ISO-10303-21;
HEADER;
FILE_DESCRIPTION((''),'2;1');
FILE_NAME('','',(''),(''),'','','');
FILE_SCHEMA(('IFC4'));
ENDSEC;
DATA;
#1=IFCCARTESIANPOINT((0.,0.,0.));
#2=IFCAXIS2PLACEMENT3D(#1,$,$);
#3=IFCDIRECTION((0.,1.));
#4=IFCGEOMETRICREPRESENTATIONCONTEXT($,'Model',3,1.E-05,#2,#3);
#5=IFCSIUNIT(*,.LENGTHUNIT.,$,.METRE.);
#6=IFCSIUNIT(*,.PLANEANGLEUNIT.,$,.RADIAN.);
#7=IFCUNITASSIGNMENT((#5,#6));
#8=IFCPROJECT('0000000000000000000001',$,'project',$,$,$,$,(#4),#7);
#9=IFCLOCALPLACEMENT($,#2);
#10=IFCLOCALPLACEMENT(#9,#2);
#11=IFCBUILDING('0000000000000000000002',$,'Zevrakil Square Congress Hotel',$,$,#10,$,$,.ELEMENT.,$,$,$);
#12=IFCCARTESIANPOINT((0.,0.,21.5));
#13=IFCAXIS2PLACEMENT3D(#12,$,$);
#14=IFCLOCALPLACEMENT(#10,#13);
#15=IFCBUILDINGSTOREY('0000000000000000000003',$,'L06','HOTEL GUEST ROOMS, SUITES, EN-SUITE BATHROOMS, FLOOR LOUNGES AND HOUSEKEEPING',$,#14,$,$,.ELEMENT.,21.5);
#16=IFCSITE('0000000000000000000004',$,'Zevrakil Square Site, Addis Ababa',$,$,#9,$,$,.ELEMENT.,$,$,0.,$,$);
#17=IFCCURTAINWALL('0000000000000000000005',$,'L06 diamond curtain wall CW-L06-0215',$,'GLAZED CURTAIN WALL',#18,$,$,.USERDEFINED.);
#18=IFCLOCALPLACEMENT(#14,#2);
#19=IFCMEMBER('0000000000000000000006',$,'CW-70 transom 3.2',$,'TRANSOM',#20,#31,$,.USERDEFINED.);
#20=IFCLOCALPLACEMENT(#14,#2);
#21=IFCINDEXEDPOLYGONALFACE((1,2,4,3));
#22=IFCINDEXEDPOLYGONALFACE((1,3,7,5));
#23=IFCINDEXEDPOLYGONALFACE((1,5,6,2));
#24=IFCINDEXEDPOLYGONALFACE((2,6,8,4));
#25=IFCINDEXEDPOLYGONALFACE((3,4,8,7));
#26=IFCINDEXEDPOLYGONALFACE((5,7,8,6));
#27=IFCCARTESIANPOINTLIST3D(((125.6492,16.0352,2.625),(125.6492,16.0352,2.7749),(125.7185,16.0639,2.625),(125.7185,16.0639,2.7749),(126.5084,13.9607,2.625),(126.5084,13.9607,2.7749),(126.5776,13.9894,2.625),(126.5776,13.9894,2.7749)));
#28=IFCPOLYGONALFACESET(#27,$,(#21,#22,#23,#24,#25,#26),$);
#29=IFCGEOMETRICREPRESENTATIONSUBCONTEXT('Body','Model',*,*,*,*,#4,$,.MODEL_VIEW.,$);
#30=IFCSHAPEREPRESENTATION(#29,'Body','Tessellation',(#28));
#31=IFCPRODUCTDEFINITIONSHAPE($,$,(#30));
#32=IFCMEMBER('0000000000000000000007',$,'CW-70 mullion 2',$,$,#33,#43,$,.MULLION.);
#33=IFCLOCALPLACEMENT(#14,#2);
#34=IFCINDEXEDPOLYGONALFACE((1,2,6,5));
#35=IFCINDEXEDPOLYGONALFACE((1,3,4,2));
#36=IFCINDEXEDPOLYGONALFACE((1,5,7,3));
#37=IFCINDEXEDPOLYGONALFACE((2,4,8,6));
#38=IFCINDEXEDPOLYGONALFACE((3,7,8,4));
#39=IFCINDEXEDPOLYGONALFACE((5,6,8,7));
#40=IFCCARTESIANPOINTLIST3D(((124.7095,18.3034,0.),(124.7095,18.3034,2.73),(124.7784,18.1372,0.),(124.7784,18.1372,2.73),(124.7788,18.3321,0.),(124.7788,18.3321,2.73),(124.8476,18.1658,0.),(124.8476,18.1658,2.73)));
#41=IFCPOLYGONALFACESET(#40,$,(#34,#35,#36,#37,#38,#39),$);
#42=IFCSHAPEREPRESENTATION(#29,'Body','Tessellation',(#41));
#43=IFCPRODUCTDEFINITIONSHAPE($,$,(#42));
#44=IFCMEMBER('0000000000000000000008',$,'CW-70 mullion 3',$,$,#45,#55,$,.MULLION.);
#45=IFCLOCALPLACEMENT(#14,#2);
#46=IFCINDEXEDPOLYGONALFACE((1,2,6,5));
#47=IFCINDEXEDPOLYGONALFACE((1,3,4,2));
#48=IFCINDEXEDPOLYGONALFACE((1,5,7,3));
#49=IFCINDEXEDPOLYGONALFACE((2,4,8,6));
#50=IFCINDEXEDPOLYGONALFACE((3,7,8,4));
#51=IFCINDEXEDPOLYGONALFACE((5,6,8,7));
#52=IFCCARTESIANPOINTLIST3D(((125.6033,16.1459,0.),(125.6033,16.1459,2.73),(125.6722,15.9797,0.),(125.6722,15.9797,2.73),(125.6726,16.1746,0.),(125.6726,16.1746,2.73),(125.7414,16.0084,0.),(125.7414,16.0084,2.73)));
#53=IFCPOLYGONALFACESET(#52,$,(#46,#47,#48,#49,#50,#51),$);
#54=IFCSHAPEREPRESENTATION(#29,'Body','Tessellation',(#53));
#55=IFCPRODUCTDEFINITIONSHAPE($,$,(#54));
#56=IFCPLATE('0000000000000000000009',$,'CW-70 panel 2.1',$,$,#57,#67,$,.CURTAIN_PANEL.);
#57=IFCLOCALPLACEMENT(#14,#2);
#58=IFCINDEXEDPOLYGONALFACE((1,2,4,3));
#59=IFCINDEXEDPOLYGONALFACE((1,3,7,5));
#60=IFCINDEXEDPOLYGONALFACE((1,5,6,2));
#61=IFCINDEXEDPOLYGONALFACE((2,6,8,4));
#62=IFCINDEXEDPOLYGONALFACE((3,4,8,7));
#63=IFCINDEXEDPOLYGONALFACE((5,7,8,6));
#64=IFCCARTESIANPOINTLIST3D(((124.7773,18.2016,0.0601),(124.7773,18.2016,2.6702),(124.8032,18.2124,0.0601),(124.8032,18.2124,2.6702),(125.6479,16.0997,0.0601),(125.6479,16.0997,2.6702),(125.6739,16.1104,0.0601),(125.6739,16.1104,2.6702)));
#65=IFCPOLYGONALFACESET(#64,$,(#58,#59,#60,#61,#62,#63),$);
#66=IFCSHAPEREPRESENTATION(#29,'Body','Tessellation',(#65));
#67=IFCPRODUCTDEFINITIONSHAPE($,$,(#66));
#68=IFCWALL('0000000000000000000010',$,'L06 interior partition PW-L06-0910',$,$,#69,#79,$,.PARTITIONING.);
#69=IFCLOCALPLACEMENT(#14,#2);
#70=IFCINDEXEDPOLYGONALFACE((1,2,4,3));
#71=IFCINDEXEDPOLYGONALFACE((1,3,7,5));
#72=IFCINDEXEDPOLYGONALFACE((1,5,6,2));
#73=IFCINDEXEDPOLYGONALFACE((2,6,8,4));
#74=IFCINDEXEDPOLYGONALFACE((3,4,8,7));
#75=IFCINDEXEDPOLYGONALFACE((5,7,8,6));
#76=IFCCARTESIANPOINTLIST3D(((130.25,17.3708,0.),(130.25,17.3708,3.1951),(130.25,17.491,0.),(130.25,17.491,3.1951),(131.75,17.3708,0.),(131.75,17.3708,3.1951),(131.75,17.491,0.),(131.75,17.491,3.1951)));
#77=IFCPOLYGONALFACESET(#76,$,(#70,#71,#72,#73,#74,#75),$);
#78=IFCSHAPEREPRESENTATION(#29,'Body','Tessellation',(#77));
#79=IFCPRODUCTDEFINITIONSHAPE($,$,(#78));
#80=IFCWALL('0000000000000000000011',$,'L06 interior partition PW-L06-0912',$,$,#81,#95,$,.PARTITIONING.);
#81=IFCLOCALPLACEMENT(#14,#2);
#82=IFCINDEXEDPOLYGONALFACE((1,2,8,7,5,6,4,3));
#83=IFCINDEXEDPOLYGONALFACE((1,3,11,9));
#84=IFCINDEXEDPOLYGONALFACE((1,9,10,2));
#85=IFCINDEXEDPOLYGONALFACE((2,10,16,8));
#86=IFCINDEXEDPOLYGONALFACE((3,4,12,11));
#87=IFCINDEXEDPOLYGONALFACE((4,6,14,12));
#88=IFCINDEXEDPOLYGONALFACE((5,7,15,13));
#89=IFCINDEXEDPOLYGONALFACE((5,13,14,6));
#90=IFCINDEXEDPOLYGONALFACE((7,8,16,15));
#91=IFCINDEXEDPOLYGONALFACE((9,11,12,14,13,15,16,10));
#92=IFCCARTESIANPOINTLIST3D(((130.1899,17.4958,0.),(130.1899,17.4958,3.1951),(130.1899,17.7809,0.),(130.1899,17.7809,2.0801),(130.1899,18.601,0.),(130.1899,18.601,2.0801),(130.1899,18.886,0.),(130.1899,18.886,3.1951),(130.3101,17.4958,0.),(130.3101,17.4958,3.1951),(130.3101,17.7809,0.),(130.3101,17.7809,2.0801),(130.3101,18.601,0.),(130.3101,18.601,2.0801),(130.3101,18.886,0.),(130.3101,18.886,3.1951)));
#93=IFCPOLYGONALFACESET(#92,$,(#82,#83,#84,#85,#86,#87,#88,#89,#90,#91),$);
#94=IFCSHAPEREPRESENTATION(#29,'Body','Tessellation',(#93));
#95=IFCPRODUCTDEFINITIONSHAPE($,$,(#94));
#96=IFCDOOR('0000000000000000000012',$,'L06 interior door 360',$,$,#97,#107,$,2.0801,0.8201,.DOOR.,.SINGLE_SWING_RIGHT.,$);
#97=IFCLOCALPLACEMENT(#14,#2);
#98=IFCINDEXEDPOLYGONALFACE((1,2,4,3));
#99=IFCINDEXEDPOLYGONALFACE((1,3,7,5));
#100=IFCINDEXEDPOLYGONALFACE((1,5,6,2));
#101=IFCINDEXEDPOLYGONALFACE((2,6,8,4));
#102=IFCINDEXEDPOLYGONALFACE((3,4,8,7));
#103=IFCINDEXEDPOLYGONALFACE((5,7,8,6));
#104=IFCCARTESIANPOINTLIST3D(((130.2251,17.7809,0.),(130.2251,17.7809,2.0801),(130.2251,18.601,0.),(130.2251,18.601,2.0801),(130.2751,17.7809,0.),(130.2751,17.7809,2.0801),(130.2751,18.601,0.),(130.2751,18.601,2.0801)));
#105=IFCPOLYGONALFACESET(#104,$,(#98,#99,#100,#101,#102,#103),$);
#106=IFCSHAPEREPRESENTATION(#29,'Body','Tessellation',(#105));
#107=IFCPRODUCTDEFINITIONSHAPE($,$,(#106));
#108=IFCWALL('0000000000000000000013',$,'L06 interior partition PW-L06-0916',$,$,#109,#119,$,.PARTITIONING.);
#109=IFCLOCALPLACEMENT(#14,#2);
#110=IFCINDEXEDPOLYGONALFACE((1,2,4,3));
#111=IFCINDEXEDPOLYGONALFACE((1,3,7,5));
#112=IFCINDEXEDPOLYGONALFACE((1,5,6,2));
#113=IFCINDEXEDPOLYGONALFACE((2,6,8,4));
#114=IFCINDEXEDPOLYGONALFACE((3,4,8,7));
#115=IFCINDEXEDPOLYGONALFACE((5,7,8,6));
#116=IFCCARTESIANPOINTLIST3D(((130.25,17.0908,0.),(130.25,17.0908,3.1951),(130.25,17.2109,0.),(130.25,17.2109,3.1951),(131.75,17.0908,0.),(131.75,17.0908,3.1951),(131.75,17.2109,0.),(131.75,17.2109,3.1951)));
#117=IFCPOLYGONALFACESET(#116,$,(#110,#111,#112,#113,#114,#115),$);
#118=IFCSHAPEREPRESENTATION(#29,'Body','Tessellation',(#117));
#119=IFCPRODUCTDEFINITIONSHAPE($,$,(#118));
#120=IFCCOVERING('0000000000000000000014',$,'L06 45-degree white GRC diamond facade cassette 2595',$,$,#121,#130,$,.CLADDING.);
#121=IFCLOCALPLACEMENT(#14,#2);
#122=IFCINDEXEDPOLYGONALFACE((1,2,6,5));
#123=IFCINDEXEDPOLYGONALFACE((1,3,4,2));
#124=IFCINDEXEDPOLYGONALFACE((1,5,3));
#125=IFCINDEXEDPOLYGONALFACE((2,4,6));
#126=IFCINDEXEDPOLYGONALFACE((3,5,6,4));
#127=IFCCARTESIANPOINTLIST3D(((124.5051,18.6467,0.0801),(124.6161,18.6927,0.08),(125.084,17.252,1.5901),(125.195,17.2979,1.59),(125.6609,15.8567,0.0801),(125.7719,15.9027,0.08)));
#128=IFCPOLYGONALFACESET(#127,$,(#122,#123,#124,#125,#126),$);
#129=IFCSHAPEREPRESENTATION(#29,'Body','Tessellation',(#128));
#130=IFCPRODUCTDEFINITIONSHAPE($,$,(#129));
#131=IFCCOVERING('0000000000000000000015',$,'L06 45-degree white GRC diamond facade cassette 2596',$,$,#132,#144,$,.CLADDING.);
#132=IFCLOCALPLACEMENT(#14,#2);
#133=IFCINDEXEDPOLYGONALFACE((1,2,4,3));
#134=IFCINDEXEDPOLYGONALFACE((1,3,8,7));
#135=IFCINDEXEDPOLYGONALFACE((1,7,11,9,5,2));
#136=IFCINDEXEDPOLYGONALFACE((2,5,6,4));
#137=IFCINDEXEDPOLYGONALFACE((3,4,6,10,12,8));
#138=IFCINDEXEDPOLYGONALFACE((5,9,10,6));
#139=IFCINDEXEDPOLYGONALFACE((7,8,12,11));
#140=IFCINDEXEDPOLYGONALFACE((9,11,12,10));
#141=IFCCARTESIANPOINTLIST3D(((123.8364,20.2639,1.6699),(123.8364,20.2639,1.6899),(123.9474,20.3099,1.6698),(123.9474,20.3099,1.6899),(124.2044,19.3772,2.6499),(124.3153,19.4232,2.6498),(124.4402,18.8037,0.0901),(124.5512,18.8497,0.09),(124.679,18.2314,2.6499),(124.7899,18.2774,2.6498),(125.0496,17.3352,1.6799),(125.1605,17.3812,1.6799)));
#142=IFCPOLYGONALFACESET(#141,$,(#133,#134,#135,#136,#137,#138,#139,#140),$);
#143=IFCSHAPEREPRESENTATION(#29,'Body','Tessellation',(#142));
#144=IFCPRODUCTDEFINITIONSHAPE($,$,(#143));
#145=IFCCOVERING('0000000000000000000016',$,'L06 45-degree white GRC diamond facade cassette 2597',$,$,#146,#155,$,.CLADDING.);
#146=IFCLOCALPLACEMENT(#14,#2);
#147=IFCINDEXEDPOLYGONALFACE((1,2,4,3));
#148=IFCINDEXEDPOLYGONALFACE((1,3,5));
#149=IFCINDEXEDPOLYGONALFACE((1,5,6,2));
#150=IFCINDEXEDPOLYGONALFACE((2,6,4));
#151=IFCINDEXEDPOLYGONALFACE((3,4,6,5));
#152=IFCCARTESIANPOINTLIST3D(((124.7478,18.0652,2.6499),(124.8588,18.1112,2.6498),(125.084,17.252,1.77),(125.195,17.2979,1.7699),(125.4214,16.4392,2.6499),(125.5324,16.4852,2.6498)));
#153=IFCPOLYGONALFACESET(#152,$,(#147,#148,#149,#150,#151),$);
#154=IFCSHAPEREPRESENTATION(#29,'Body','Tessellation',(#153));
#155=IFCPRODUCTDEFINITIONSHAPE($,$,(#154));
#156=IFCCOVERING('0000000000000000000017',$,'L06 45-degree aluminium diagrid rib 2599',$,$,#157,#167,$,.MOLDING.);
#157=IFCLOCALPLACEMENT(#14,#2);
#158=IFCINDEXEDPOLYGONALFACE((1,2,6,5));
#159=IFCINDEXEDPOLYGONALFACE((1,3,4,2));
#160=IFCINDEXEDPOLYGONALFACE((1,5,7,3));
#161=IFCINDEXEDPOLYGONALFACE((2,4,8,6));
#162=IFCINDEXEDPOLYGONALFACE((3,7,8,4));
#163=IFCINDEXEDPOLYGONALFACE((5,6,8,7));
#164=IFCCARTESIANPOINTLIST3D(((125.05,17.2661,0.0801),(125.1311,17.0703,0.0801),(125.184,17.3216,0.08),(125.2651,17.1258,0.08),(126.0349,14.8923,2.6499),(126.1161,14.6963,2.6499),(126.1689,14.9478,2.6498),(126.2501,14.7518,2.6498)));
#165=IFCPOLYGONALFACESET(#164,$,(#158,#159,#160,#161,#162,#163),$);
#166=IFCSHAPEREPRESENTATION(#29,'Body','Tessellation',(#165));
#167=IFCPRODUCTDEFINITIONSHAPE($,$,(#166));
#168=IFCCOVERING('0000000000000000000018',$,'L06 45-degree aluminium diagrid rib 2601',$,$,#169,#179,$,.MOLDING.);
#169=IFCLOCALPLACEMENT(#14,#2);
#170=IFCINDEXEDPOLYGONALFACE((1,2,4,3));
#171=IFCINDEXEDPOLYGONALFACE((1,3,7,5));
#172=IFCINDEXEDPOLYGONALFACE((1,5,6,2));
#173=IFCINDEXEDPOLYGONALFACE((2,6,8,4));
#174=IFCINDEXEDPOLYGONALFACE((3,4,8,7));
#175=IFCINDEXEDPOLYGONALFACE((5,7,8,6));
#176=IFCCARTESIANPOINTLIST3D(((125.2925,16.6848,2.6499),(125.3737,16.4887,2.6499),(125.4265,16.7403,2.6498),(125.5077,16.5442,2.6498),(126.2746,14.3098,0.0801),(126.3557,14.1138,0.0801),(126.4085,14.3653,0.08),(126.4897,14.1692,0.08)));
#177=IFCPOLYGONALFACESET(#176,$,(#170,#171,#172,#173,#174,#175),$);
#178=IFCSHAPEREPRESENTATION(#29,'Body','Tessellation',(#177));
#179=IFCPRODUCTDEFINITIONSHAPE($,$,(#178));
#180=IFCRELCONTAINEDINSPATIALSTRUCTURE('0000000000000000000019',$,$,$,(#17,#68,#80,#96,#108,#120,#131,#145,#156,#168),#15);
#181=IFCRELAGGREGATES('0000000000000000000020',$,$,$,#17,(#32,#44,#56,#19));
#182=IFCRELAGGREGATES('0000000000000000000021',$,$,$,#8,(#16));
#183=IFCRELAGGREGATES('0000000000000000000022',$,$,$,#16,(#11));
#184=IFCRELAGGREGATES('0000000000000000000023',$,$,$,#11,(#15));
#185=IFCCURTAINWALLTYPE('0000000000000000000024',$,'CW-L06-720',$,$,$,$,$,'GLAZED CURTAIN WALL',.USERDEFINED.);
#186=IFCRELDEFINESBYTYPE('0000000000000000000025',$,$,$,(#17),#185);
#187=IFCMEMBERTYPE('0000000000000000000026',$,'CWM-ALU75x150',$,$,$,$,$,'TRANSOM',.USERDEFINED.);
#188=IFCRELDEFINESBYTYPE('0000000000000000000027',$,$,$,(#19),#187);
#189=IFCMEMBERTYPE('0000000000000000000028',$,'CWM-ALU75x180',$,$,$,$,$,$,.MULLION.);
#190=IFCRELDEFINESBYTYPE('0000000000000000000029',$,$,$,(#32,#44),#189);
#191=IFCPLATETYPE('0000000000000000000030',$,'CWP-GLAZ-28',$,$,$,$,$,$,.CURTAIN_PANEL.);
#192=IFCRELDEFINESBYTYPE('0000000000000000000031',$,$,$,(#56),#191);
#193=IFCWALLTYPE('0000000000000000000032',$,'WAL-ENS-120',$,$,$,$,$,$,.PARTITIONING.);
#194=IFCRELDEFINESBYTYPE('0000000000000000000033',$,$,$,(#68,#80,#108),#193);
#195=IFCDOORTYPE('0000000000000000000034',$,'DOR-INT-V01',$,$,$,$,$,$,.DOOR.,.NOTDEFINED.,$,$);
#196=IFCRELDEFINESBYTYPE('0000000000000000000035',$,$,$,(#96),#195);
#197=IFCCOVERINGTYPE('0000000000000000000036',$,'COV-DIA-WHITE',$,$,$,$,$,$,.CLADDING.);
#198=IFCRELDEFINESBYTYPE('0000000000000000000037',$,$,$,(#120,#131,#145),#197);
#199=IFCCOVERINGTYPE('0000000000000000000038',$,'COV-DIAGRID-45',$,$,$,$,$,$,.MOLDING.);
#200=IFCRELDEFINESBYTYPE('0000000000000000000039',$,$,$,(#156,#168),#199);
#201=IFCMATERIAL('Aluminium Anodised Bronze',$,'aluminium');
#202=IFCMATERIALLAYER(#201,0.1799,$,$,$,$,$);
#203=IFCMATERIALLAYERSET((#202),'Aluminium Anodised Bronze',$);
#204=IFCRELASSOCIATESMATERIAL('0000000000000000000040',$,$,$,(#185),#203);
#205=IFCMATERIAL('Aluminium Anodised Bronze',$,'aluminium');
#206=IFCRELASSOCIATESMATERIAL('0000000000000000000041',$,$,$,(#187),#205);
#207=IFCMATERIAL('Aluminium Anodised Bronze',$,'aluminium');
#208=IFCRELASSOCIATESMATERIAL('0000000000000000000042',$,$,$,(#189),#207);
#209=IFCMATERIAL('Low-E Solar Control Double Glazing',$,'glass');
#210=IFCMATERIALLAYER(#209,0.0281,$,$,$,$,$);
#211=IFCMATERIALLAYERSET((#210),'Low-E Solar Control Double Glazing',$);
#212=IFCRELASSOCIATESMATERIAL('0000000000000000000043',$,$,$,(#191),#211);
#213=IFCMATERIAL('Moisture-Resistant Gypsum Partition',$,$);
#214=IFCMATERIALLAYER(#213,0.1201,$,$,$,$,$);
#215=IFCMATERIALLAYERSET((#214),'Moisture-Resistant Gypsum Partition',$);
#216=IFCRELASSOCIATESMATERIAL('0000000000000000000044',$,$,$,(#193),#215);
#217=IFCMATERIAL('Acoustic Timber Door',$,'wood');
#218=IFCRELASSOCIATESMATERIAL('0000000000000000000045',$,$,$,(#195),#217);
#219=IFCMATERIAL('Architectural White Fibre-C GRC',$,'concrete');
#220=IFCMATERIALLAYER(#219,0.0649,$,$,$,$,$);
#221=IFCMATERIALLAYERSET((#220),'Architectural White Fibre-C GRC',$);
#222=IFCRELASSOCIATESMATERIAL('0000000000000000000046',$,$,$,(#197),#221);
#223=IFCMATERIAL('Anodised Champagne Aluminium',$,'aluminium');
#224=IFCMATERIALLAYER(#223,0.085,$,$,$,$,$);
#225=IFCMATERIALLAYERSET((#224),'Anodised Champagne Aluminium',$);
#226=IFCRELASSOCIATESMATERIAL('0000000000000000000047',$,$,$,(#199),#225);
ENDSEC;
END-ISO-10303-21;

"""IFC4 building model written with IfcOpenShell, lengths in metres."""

from ifc_helpers import new_model, si_unit, direction, frame, frame_2d, origin, origin_2d, place, context, subcontext, project, spatial, polyline, rectangle, outline, extrude, material, layer, layer_set, material_profile, profile_set, type_object, element, fill, aggregate, save


model = new_model("IFC4")

# Units and contexts
model_context = context("Model", 3, precision=1e-05, world=origin(), true_north=direction((0.0, 1.0)))
body_context = subcontext(model_context, "Body", "Model", "MODEL_VIEW")
ifc_project = project(units=[si_unit("LENGTHUNIT", "METRE"), si_unit("PLANEANGLEUNIT", "RADIAN")], contexts=[model_context])

# Site, building, storey
site_placement = place(None, origin())
site = spatial("IfcSite", under=ifc_project, at=site_placement, Name="Zevrakil Square Site, Addis Ababa", CompositionType="ELEMENT", RefElevation=0.0)
building_placement = place(site_placement, origin())
building = spatial("IfcBuilding", under=site, at=building_placement, Name="Zevrakil Square Congress Hotel", CompositionType="ELEMENT")
storey_placement = place(building_placement, frame((0.0, 0.0, 21.5)))
storey = spatial("IfcBuildingStorey", under=building, at=storey_placement, Name="L06", Description="HOTEL GUEST ROOMS, SUITES, EN-SUITE BATHROOMS, FLOOR LOUNGES AND HOUSEKEEPING", CompositionType="ELEMENT", Elevation=21.5)

# Curtain wall, members, plate
ifc_material_1 = material(Name="Aluminium Anodised Bronze", Category="aluminium")
ifc_layer_1 = layer(ifc_material_1, 0.1799)
ifc_layer_set_1 = layer_set([ifc_layer_1], Name="Aluminium Anodised Bronze")
curtain_wall_type = type_object("IfcCurtainWallType", Name="CW-L06-720", ElementType="GLAZED CURTAIN WALL", PredefinedType="USERDEFINED", material=ifc_layer_set_1)
curtain_wall_placement = place(storey_placement, origin())
curtain_wall = element("IfcCurtainWall", 1, at=curtain_wall_placement, inside=storey, type_object=curtain_wall_type, Name="L06 diamond curtain wall CW-L06-0215", ObjectType="GLAZED CURTAIN WALL", PredefinedType="USERDEFINED")
ifc_material_2 = material(Name="Aluminium Anodised Bronze", Category="aluminium")
ifc_material_profile_1 = material_profile(ifc_material_2, rectangle(XDim=0.075, YDim=0.1499, at=origin_2d()), Name="ALU 75x150")
ifc_profile_set_1 = profile_set([ifc_material_profile_1], Name="Aluminium Anodised Bronze")
member_type_1 = type_object("IfcMemberType", Name="CWM-ALU75x150", ElementType="TRANSOM", PredefinedType="USERDEFINED", material=ifc_profile_set_1)
member_1_placement = place(storey_placement, frame((125.6838, 16.0496, 2.7), z_axis=(0.38263, -0.923902, 0.0), x_axis=(0.923902, 0.38263, 0.0)))
member_1 = element("IfcMember", 2, at=member_1_placement, type_object=member_type_1, Name="CW-70 transom 3.2", ObjectType="TRANSOM", PredefinedType="USERDEFINED", context=body_context, shape_type="SweptSolid", body=[
    extrude(rectangle(XDim=0.075, YDim=0.1499, at=origin_2d()), origin(), (0.0, 0.0, 1.0), 2.2454),
])
ifc_material_3 = material(Name="Aluminium Anodised Bronze", Category="aluminium")
ifc_material_profile_2 = material_profile(ifc_material_3, rectangle(XDim=0.075, YDim=0.1799, at=origin_2d()), Name="ALU 75x180")
ifc_profile_set_2 = profile_set([ifc_material_profile_2], Name="Aluminium Anodised Bronze")
member_type_2 = type_object("IfcMemberType", Name="CWM-ALU75x180", PredefinedType="MULLION", material=ifc_profile_set_2)
member_2_placement = place(storey_placement, frame((124.7786, 18.2346, 0.0), z_axis=(0.0, 0.0, 1.0), x_axis=(0.923879, 0.382684, 0.0)))
member_2 = element("IfcMember", 3, at=member_2_placement, type_object=member_type_2, Name="CW-70 mullion 2", PredefinedType="MULLION", context=body_context, shape_type="SweptSolid", body=[
    extrude(rectangle(XDim=0.075, YDim=0.1799, at=origin_2d()), origin(), (0.0, 0.0, 1.0), 2.73),
])
member_3_placement = place(storey_placement, frame((125.6724, 16.0771, 0.0), z_axis=(0.0, 0.0, 1.0), x_axis=(0.923879, 0.382684, 0.0)))
member_3 = element("IfcMember", 4, at=member_3_placement, type_object=member_type_2, Name="CW-70 mullion 3", PredefinedType="MULLION", context=body_context, shape_type="SweptSolid", body=[
    extrude(rectangle(XDim=0.075, YDim=0.1799, at=origin_2d()), origin(), (0.0, 0.0, 1.0), 2.73),
])
ifc_material_4 = material(Name="Low-E Solar Control Double Glazing", Category="glass")
ifc_layer_2 = layer(ifc_material_4, 0.0281)
ifc_layer_set_2 = layer_set([ifc_layer_2], Name="Low-E Solar Control Double Glazing")
plate_type = type_object("IfcPlateType", Name="CWP-GLAZ-28", PredefinedType="CURTAIN_PANEL", material=ifc_layer_set_2)
plate_placement = place(storey_placement, frame((125.2256, 17.156, 0.0601), z_axis=(0.0, 0.0, 1.0), x_axis=(0.382684, -0.923879, 0.0)))
plate = element("IfcPlate", 5, at=plate_placement, type_object=plate_type, Name="CW-70 panel 2.1", PredefinedType="CURTAIN_PANEL", context=body_context, shape_type="SweptSolid", body=[
    extrude(rectangle(XDim=2.2751, YDim=0.0281, at=origin_2d()), origin(), (0.0, 0.0, 1.0), 2.6101),
])
aggregate(curtain_wall, [member_2, member_3, plate, member_1])

# Wall
ifc_material_5 = material(Name="Moisture-Resistant Gypsum Partition")
ifc_layer_3 = layer(ifc_material_5, 0.1201)
ifc_layer_set_3 = layer_set([ifc_layer_3], Name="Moisture-Resistant Gypsum Partition")
wall_type = type_object("IfcWallType", Name="WAL-ENS-120", PredefinedType="PARTITIONING", material=ifc_layer_set_3)
wall_1_placement = place(storey_placement, frame((130.25, 17.4309, 0.0), z_axis=(0.0, 0.0, 1.0), x_axis=(1.0, 0.0, 0.0)))
element("IfcWall", 6, at=wall_1_placement, inside=storey, type_object=wall_type, Name="L06 interior partition PW-L06-0910", PredefinedType="PARTITIONING", context=body_context, shape_type="SweptSolid", body=[
    extrude(rectangle(XDim=1.5, YDim=0.1201, at=frame_2d((0.75, 0.0))), origin(), (0.0, 0.0, 1.0), 3.1951),
])

# Wall, opening, door
wall_2_placement = place(storey_placement, frame((130.25, 17.4958, 0.0), z_axis=(0.0, 0.0, 1.0), x_axis=(0.0, 1.0, 0.0)))
wall_2 = element("IfcWall", 7, at=wall_2_placement, inside=storey, type_object=wall_type, Name="L06 interior partition PW-L06-0912", PredefinedType="PARTITIONING", context=body_context, shape_type="SweptSolid", body=[
    extrude(rectangle(XDim=1.3901, YDim=0.1201, at=frame_2d((0.6951, 0.0))), origin(), (0.0, 0.0, 1.0), 3.1951),
])
opening_placement = place(wall_2_placement, frame((0.2849, 0.0, 0.0)))
opening = element("IfcOpeningElement", 8, at=opening_placement, cuts=wall_2, PredefinedType="OPENING", context=body_context, shape_type="SweptSolid", body=[
    extrude(rectangle(XDim=0.8201, YDim=2.0801, at=frame_2d((0.4102, 1.04))), frame((0.0, 0.0701, 0.0), z_axis=(0.0, -1.0, 0.0), x_axis=(1.0, 0.0, 0.0)), (0.0, 0.0, 1.0), 0.1401),
])
ifc_material_6 = material(Name="Acoustic Timber Door", Category="wood")
door_type = type_object("IfcDoorType", Name="DOR-INT-V01", OperationType="NOTDEFINED", PredefinedType="DOOR", material=ifc_material_6)
door_placement = place(opening_placement, origin())
door = element("IfcDoor", 9, at=door_placement, inside=storey, type_object=door_type, Name="L06 interior door 360", OperationType="SINGLE_SWING_RIGHT", OverallHeight=2.0801, OverallWidth=0.8201, PredefinedType="DOOR", context=body_context, shape_type="SweptSolid", body=[
    extrude(rectangle(XDim=0.8201, YDim=2.0801, at=frame_2d((0.4102, 1.04))), frame((0.0, 0.0249, 0.0), z_axis=(0.0, -1.0, 0.0), x_axis=(1.0, 0.0, 0.0)), (0.0, 0.0, 1.0), 0.05),
])
fill(opening, door)

# Wall
wall_3_placement = place(storey_placement, frame((130.25, 17.1509, 0.0), z_axis=(0.0, 0.0, 1.0), x_axis=(1.0, 0.0, 0.0)))
element("IfcWall", 10, at=wall_3_placement, inside=storey, type_object=wall_type, Name="L06 interior partition PW-L06-0916", PredefinedType="PARTITIONING", context=body_context, shape_type="SweptSolid", body=[
    extrude(rectangle(XDim=1.5, YDim=0.1201, at=frame_2d((0.75, 0.0))), origin(), (0.0, 0.0, 1.0), 3.1951),
])

# Coverings
ifc_material_7 = material(Name="Architectural White Fibre-C GRC", Category="concrete")
ifc_layer_4 = layer(ifc_material_7, 0.0649)
ifc_layer_set_4 = layer_set([ifc_layer_4], Name="Architectural White Fibre-C GRC")
covering_type_1 = type_object("IfcCoveringType", Name="COV-DIA-WHITE", PredefinedType="CLADDING", material=ifc_layer_set_4)
covering_1_placement = place(storey_placement, frame((125.084, 17.252, 1.5901), z_axis=(-0.923869, -0.382709, 0.000659), x_axis=(0.270169, -0.653413, -0.707149)))
element("IfcCovering", 11, at=covering_1_placement, inside=storey, type_object=covering_type_1, Name="L06 45-degree white GRC diamond facade cassette 2595", PredefinedType="CLADDING", context=body_context, shape_type="SweptSolid", body=[
    extrude(outline(polyline([(0.0, 0.0), (2.1353, 0.0), (0.0, -2.1356), (0.0, 0.0)])), origin(), (0.0, 0.0, -1.0), 0.1201),
])
covering_2_placement = place(storey_placement, frame((125.0496, 17.3352, 1.6799), z_axis=(-0.923876, -0.38269, 0.000616), x_axis=(-0.271012, 0.653128, -0.70709)))
element("IfcCovering", 12, at=covering_2_placement, inside=storey, type_object=covering_type_1, Name="L06 45-degree white GRC diamond facade cassette 2596", PredefinedType="CLADDING", context=body_context, shape_type="SweptSolid", body=[
    extrude(outline(polyline([(0.0, 0.0), (2.2484, 0.0), (2.2487, -2.2344), (2.2345, -2.2486), (0.8769, -2.2486), (-0.0001, -1.3717), (0.0, 0.0)])), origin(), (0.0, 0.0, -1.0), 0.1201),
])
covering_3_placement = place(storey_placement, frame((125.084, 17.252, 1.77), z_axis=(-0.923863, -0.382723, 0.000747), x_axis=(-0.270153, 0.653508, 0.707068)))
element("IfcCovering", 13, at=covering_3_placement, inside=storey, type_object=covering_type_1, Name="L06 45-degree white GRC diamond facade cassette 2597", PredefinedType="CLADDING", context=body_context, shape_type="SweptSolid", body=[
    extrude(outline(polyline([(0.0, 0.0), (1.2444, 0.0), (-0.0001, -1.2444), (0.0, 0.0)])), origin(), (0.0, 0.0, -1.0), 0.1201),
])
ifc_material_8 = material(Name="Anodised Champagne Aluminium", Category="aluminium")
ifc_layer_5 = layer(ifc_material_8, 0.085)
ifc_layer_set_5 = layer_set([ifc_layer_5], Name="Anodised Champagne Aluminium")
covering_type_2 = type_object("IfcCoveringType", Name="COV-DIAGRID-45", PredefinedType="MOLDING", material=ifc_layer_set_5)
covering_4_placement = place(storey_placement, frame((125.1311, 17.0703, 0.0801), z_axis=(-0.923841, -0.382775, 0.000506), x_axis=(-0.382775, 0.923841, 0.0)))
element("IfcCovering", 14, at=covering_4_placement, inside=storey, type_object=covering_type_2, Name="L06 45-degree aluminium diagrid rib 2599", PredefinedType="MOLDING", context=body_context, shape_type="SweptSolid", body=[
    extrude(outline(polyline([(0.0, 0.0), (0.2119, 0.0), (-2.3581, -2.5698), (-2.5703, -2.5698), (0.0, 0.0)])), origin(), (0.0, 0.0, -1.0), 0.145),
])
covering_5_placement = place(storey_placement, frame((125.2925, 16.6848, 2.6499), z_axis=(-0.923926, -0.382572, 0.000491), x_axis=(0.382572, -0.923926, 0.0)))
element("IfcCovering", 15, at=covering_5_placement, inside=storey, type_object=covering_type_2, Name="L06 45-degree aluminium diagrid rib 2601", PredefinedType="MOLDING", context=body_context, shape_type="SweptSolid", body=[
    extrude(outline(polyline([(0.0, 0.0), (0.2122, 0.0), (2.7822, -2.5698), (2.5701, -2.5698), (0.0, 0.0)])), origin(), (0.0, 0.0, -1.0), 0.145),
])

save(model, "model.ifc")
